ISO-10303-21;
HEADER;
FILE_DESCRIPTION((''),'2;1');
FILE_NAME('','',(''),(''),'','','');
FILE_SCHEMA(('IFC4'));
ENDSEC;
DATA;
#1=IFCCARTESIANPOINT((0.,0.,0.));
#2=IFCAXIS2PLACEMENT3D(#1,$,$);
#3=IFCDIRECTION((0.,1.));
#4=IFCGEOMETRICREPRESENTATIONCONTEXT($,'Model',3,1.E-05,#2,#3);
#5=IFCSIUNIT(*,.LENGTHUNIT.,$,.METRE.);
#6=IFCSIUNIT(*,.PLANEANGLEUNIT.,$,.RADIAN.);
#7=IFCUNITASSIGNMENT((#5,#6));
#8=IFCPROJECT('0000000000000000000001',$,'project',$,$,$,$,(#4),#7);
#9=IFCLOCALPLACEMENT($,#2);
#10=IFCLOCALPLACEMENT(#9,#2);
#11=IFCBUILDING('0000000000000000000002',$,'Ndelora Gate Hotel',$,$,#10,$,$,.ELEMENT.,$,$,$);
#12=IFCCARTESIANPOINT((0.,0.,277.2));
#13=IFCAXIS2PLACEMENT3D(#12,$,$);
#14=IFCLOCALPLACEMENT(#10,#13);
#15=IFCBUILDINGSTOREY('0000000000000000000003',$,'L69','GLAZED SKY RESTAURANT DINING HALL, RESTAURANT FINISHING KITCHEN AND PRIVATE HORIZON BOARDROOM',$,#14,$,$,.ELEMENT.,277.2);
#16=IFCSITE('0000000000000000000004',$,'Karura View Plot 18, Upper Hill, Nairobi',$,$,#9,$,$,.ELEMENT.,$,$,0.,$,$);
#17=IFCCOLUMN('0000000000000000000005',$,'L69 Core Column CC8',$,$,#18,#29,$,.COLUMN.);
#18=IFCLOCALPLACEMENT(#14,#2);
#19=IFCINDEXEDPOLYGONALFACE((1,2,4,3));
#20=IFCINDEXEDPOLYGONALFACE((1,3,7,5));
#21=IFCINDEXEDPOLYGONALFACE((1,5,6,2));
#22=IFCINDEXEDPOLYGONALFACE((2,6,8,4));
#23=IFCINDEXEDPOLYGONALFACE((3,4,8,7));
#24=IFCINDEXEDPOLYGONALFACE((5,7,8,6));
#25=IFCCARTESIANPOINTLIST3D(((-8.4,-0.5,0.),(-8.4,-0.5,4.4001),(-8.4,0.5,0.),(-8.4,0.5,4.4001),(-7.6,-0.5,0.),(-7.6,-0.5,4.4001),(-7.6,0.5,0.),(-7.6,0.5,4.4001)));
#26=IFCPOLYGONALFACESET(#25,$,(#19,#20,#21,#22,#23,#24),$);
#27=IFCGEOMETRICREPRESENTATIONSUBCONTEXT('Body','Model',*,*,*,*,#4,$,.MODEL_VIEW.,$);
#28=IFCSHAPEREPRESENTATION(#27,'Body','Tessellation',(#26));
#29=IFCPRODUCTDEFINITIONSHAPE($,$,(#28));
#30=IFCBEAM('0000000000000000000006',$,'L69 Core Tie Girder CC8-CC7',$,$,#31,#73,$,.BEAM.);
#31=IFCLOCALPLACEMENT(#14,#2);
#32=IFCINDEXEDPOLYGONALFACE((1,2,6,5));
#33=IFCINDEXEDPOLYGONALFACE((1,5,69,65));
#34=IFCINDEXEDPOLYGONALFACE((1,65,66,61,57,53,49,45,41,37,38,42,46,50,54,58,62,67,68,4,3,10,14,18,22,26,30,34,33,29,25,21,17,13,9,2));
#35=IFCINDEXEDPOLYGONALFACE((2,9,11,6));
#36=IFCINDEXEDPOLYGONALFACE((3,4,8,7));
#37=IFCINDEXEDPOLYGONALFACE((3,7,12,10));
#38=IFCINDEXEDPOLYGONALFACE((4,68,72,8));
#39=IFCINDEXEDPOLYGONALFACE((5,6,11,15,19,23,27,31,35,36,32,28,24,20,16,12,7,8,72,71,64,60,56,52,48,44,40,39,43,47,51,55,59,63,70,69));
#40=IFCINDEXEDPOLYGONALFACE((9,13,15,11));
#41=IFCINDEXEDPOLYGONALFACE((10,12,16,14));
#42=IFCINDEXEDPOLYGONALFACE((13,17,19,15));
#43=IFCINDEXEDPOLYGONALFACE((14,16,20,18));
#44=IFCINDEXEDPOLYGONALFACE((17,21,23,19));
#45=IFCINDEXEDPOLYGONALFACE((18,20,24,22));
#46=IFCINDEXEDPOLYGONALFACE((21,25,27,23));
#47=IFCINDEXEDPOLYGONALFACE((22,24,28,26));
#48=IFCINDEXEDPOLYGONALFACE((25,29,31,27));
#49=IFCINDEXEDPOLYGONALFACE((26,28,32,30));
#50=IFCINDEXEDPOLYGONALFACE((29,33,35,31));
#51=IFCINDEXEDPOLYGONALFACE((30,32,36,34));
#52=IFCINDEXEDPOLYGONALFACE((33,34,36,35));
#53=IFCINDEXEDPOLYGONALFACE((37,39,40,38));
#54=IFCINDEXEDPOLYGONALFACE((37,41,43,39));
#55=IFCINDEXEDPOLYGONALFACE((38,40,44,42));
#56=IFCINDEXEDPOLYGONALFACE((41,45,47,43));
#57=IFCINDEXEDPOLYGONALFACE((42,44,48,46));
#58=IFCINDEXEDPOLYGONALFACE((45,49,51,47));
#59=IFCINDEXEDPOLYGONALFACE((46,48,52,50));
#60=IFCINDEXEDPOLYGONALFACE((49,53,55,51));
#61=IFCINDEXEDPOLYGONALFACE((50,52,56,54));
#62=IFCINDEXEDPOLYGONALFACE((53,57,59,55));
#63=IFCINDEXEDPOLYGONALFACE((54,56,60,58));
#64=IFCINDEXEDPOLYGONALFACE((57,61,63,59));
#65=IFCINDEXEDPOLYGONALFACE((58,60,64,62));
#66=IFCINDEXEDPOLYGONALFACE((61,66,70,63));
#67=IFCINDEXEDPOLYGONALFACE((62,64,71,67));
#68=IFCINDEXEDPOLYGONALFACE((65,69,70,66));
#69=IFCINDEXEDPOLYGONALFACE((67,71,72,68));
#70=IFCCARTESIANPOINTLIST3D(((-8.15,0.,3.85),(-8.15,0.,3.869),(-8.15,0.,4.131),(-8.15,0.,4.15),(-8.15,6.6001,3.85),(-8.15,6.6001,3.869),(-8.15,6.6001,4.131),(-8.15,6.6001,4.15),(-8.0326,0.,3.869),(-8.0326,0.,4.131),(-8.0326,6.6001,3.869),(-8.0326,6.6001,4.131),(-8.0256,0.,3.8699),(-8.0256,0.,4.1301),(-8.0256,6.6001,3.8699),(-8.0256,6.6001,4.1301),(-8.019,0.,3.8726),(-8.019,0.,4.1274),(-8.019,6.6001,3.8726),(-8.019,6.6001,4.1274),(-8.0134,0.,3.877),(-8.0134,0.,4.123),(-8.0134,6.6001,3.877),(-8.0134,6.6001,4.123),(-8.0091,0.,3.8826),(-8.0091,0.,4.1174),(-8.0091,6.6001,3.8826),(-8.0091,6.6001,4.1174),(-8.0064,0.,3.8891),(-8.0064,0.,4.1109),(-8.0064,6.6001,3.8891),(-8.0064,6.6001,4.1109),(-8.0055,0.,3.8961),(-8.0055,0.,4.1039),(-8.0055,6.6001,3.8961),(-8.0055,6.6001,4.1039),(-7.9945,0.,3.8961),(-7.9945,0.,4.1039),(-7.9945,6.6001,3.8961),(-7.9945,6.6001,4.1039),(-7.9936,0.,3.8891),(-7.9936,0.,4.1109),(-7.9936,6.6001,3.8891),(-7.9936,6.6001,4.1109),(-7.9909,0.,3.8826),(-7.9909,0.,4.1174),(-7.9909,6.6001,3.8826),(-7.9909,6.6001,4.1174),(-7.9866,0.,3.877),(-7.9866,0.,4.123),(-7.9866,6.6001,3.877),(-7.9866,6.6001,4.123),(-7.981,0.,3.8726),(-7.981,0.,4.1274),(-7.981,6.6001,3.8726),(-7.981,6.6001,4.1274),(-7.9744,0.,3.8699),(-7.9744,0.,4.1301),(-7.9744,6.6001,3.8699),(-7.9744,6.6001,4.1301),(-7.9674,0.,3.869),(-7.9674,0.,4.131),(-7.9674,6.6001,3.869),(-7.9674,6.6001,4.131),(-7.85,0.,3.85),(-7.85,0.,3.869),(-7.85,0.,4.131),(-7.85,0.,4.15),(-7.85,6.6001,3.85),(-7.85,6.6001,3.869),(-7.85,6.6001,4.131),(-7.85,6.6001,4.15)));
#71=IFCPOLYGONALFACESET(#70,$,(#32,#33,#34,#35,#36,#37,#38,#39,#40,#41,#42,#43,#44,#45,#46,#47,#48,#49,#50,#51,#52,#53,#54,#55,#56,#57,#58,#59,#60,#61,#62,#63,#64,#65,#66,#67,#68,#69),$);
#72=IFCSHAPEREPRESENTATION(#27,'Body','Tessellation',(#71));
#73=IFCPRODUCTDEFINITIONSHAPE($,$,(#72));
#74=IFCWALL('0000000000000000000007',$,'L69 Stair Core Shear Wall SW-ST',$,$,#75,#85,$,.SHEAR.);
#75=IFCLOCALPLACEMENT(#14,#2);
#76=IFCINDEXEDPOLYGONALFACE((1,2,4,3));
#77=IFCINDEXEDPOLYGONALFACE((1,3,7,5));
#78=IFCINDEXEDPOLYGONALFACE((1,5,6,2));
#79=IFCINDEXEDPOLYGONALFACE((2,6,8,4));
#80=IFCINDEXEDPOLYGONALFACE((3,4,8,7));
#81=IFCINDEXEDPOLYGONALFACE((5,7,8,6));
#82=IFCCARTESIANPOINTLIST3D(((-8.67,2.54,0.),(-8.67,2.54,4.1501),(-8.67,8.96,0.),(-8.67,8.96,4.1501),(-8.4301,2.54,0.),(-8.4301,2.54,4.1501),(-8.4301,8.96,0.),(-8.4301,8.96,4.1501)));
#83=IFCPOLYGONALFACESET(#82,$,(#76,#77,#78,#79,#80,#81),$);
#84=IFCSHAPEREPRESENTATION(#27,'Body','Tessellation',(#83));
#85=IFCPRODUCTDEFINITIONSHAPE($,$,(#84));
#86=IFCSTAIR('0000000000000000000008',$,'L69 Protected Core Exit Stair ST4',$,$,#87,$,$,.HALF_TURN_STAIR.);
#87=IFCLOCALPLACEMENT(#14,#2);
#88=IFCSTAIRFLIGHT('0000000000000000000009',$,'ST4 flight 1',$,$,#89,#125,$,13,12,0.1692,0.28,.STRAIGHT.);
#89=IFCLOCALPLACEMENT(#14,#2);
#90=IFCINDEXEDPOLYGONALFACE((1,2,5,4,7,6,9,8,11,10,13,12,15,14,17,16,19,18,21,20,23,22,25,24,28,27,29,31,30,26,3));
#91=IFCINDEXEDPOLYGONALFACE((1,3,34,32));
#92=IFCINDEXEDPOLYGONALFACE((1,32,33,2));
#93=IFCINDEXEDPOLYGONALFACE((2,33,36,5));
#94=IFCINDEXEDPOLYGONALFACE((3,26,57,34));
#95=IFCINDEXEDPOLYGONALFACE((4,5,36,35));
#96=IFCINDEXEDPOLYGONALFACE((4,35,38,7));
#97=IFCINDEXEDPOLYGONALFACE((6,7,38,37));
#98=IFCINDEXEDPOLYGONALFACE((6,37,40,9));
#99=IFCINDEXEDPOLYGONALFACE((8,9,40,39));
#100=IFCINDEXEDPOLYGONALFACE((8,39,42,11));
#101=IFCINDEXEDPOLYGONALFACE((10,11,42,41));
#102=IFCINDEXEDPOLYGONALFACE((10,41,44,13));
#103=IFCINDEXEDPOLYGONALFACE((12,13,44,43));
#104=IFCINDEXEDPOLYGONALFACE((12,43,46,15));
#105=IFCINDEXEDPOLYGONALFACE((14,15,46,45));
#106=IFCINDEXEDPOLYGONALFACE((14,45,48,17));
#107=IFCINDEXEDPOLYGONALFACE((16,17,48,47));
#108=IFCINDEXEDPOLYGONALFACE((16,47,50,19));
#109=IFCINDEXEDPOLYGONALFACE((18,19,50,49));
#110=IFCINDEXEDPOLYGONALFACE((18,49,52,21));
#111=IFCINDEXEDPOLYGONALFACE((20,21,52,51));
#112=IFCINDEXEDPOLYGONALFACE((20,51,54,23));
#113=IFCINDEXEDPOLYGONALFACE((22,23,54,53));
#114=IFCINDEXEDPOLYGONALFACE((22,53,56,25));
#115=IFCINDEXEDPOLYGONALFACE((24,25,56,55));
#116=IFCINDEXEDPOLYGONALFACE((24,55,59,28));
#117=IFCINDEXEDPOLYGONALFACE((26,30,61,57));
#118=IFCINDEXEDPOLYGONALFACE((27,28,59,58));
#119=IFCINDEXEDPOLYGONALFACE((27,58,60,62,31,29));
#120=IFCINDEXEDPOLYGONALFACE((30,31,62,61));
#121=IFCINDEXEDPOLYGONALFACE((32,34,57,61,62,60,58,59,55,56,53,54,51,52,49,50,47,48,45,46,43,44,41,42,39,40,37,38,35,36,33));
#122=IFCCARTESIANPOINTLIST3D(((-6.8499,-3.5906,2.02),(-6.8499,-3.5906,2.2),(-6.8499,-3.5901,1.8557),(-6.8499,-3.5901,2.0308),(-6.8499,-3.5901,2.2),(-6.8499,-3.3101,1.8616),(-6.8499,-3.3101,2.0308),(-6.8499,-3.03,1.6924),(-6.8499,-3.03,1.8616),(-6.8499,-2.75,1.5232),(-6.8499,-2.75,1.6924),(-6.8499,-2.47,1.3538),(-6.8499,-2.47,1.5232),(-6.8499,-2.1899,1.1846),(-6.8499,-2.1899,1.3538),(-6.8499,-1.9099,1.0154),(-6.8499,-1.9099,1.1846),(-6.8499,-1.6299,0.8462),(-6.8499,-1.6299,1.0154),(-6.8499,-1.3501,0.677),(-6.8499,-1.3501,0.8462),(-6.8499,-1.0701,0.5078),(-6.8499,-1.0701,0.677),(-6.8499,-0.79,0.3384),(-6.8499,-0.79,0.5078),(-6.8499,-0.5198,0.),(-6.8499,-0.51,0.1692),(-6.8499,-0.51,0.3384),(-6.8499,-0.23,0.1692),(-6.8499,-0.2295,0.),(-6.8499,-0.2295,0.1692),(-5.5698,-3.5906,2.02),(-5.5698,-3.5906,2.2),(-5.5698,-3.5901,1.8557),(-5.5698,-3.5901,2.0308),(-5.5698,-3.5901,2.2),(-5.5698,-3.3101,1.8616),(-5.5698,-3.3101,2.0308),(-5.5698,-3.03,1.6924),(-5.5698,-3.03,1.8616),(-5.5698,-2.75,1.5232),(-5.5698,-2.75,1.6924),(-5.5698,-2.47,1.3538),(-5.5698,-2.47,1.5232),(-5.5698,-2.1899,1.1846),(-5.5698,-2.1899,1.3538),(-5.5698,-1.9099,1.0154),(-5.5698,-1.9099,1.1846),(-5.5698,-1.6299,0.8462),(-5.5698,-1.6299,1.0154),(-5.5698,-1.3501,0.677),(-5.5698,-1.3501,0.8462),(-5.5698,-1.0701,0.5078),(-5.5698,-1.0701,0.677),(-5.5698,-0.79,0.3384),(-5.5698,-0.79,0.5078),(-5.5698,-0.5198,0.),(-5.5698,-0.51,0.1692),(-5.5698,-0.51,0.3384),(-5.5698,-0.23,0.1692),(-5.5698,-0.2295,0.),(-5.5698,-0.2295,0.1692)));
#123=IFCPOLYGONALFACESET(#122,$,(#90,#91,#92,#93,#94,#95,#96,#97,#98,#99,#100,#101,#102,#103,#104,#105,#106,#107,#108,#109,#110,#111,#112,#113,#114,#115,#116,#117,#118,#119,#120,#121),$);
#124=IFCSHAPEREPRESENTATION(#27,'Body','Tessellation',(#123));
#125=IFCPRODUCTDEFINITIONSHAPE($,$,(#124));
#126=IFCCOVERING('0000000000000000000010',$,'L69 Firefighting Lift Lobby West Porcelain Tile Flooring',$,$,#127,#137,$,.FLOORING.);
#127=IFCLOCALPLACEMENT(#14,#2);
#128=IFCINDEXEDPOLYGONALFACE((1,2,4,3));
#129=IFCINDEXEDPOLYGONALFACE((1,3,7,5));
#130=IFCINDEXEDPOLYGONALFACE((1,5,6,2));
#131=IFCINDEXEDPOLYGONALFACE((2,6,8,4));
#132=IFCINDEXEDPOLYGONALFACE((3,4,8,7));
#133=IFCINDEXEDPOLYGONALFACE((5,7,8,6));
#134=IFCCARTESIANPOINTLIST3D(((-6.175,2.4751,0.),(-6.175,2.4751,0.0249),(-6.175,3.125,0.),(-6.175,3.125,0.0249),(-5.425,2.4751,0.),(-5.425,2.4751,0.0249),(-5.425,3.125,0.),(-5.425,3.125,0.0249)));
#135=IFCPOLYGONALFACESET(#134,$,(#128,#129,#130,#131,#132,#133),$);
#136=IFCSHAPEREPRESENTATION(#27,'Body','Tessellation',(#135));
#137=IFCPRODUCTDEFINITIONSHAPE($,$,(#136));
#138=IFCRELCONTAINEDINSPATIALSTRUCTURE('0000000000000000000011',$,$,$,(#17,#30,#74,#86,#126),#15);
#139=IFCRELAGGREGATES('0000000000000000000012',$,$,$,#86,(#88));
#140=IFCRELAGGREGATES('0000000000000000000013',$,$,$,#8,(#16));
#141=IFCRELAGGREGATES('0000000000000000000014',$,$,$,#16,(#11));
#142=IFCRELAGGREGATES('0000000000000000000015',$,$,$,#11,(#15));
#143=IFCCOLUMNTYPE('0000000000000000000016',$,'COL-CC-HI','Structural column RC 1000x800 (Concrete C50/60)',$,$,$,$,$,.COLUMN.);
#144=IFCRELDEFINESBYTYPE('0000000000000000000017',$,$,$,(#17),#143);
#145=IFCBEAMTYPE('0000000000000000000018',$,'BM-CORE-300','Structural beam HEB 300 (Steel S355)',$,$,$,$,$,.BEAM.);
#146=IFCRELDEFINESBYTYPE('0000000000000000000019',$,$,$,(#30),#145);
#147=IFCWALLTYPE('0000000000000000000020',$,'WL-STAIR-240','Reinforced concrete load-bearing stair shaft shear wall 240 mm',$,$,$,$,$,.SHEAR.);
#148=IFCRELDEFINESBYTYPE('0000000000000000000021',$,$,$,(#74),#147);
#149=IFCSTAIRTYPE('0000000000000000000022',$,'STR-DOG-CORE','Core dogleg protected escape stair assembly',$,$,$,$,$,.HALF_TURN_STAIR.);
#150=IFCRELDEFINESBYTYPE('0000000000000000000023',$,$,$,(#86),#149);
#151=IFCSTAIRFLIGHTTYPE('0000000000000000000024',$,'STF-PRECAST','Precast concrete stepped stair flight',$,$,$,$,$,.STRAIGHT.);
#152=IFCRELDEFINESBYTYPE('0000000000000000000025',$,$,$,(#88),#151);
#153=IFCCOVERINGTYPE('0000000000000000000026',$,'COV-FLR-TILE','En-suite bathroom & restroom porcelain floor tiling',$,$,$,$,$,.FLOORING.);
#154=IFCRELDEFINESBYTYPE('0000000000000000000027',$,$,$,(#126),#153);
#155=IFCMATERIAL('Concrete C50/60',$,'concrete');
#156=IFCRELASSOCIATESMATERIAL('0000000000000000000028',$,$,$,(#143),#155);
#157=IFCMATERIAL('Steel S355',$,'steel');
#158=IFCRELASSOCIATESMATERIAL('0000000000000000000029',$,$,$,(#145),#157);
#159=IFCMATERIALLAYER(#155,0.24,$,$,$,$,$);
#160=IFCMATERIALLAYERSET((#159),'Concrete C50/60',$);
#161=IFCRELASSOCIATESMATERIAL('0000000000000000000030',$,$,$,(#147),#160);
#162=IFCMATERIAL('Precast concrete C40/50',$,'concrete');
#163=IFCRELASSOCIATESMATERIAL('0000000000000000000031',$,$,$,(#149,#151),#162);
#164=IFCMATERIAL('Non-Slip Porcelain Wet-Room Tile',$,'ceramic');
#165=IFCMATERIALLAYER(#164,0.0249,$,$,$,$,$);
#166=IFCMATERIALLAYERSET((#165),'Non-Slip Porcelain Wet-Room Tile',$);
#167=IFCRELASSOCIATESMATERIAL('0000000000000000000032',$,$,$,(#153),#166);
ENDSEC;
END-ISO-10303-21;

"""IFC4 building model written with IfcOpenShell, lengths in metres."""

from ifc_helpers import new_model, si_unit, direction, frame, frame_2d, origin, origin_2d, place, context, subcontext, project, spatial, polyline, rectangle, i_section, outline, extrude, material, layer, layer_set, material_profile, profile_set, type_object, element, aggregate, save


model = new_model("IFC4")

# Units and contexts
model_context = context("Model", 3, precision=1e-05, world=origin(), true_north=direction((0.0, 1.0)))
body_context = subcontext(model_context, "Body", "Model", "MODEL_VIEW")
ifc_project = project(units=[si_unit("LENGTHUNIT", "METRE"), si_unit("PLANEANGLEUNIT", "RADIAN")], contexts=[model_context])

# Site, building, storey
site_placement = place(None, origin())
site = spatial("IfcSite", under=ifc_project, at=site_placement, Name="Karura View Plot 18, Upper Hill, Nairobi", CompositionType="ELEMENT", RefElevation=0.0)
building_placement = place(site_placement, origin())
building = spatial("IfcBuilding", under=site, at=building_placement, Name="Ndelora Gate Hotel", CompositionType="ELEMENT")
storey_placement = place(building_placement, frame((0.0, 0.0, 277.2)))
storey = spatial("IfcBuildingStorey", under=building, at=storey_placement, Name="L69", Description="GLAZED SKY RESTAURANT DINING HALL, RESTAURANT FINISHING KITCHEN AND PRIVATE HORIZON BOARDROOM", CompositionType="ELEMENT", Elevation=277.2)

# Column
ifc_material_1 = material(Name="Concrete C50/60", Category="concrete")
ifc_material_profile_1 = material_profile(ifc_material_1, rectangle(XDim=0.8, YDim=1.0, at=origin_2d()), Name="RC 1000x800")
ifc_profile_set_1 = profile_set([ifc_material_profile_1], Name="Concrete C50/60")
column_type = type_object("IfcColumnType", Name="COL-CC-HI", Description="Structural column RC 1000x800 (Concrete C50/60)", PredefinedType="COLUMN", material=ifc_profile_set_1)
column_placement = place(storey_placement, frame((-8.0, 0.0, 0.0), z_axis=(0.0, 0.0, 1.0), x_axis=(1.0, 0.0, 0.0)))
element("IfcColumn", 1, at=column_placement, inside=storey, type_object=column_type, Name="L69 Core Column CC8", PredefinedType="COLUMN", context=body_context, shape_type="SweptSolid", body=[
    extrude(rectangle(XDim=0.8, YDim=1.0, at=origin_2d()), origin(), (0.0, 0.0, 1.0), 4.4001),
])

# Beam
ifc_material_2 = material(Name="Steel S355", Category="steel")
ifc_material_profile_2 = material_profile(ifc_material_2, i_section(OverallWidth=0.3, OverallDepth=0.3, WebThickness=0.011, FlangeThickness=0.019, FilletRadius=0.0271, at=origin_2d()), Name="HEB 300")
ifc_profile_set_2 = profile_set([ifc_material_profile_2], Name="Steel S355")
beam_type = type_object("IfcBeamType", Name="BM-CORE-300", Description="Structural beam HEB 300 (Steel S355)", PredefinedType="BEAM", material=ifc_profile_set_2)
beam_placement = place(storey_placement, frame((-8.0, 0.0, 4.0), z_axis=(0.0, 1.0, 0.0), x_axis=(-1.0, 0.0, 0.0)))
element("IfcBeam", 2, at=beam_placement, inside=storey, type_object=beam_type, Name="L69 Core Tie Girder CC8-CC7", PredefinedType="BEAM", context=body_context, shape_type="SweptSolid", body=[
    extrude(i_section(OverallWidth=0.3, OverallDepth=0.3, WebThickness=0.011, FlangeThickness=0.019, FilletRadius=0.0271, at=origin_2d()), origin(), (0.0, 0.0, 1.0), 6.6001),
])

# Shared definitions
ifc_layer_1 = layer(ifc_material_1, 0.24)
ifc_layer_set_1 = layer_set([ifc_layer_1], Name="Concrete C50/60")
wall_type_1 = type_object("IfcWallType", Name="WL-STAIR-240", Description="Reinforced concrete load-bearing stair shaft shear wall 240 mm", PredefinedType="SHEAR", material=ifc_layer_set_1)

# Wall
wall_1_placement = place(storey_placement, frame((-8.55, 2.54, 0.0), z_axis=(0.0, 0.0, 1.0), x_axis=(0.0, 1.0, 0.0)))
element("IfcWall", 3, at=wall_1_placement, inside=storey, type_object=wall_type_1, Name="L69 Stair Core Shear Wall SW-ST", PredefinedType="SHEAR", context=body_context, shape_type="SweptSolid", body=[
    extrude(rectangle(XDim=6.4199, YDim=0.24, at=frame_2d((3.21, 0.0))), origin(), (0.0, 0.0, 1.0), 4.1501),
])

# Stair, stair flight
ifc_material_3 = material(Name="Precast concrete C40/50", Category="concrete")
stair_type = type_object("IfcStairType", Name="STR-DOG-CORE", Description="Core dogleg protected escape stair assembly", PredefinedType="HALF_TURN_STAIR", material=ifc_material_3)
stair_placement = place(storey_placement, origin())
stair = element("IfcStair", 4, at=stair_placement, inside=storey, type_object=stair_type, Name="L69 Protected Core Exit Stair ST4", PredefinedType="HALF_TURN_STAIR")
stair_flight_type = type_object("IfcStairFlightType", Name="STF-PRECAST", Description="Precast concrete stepped stair flight", PredefinedType="STRAIGHT", material=ifc_material_3)
stair_flight_placement = place(storey_placement, frame((-6.21, -0.23, 0.0), z_axis=(0.0, 0.0, 1.0), x_axis=(0.0, -1.0, 0.0)))
stair_flight = element("IfcStairFlight", 5, at=stair_flight_placement, type_object=stair_flight_type, Name="ST4 flight 1", NumberOfRisers=13, NumberOfTreads=12, PredefinedType="STRAIGHT", RiserHeight=0.1692, TreadLength=0.28, context=body_context, shape_type="SweptSolid", body=[
    extrude(outline(polyline([(-0.0005, 0.0), (-0.0005, 0.1692), (0.0, 0.1692), (0.28, 0.1692), (0.28, 0.3384), (0.5601, 0.3384), (0.5601, 0.5078), (0.8401, 0.5078), (0.8401, 0.677), (1.1201, 0.677), (1.1201, 0.8462), (1.3999, 0.8462), (1.3999, 1.0154), (1.6799, 1.0154), (1.6799, 1.1846), (1.96, 1.1846), (1.96, 1.3538), (2.24, 1.3538), (2.24, 1.5232), (2.52, 1.5232), (2.52, 1.6924), (2.8, 1.6924), (2.8, 1.8616), (3.0801, 1.8616), (3.0801, 2.0308), (3.3601, 2.0308), (3.3601, 2.2), (3.3606, 2.2), (3.3606, 2.02), (3.3601, 1.8557), (0.2898, 0.0), (-0.0005, 0.0)])), frame((0.0, 0.6401, 0.0), z_axis=(0.0, -1.0, 0.0), x_axis=(1.0, 0.0, 0.0)), (0.0, 0.0, 1.0), 1.28),
])
aggregate(stair, [stair_flight])

# Covering
ifc_material_4 = material(Name="Non-Slip Porcelain Wet-Room Tile", Category="ceramic")
ifc_layer_2 = layer(ifc_material_4, 0.0249)
ifc_layer_set_2 = layer_set([ifc_layer_2], Name="Non-Slip Porcelain Wet-Room Tile")
covering_type = type_object("IfcCoveringType", Name="COV-FLR-TILE", Description="En-suite bathroom & restroom porcelain floor tiling", PredefinedType="FLOORING", material=ifc_layer_set_2)
covering_placement = place(storey_placement, frame((-5.8, 2.8, 0.0), z_axis=(0.0, 0.0, 1.0), x_axis=(1.0, 0.0, 0.0)))
element("IfcCovering", 6, at=covering_placement, inside=storey, type_object=covering_type, Name="L69 Firefighting Lift Lobby West Porcelain Tile Flooring", PredefinedType="FLOORING", context=body_context, shape_type="SweptSolid", body=[
    extrude(rectangle(XDim=0.75, YDim=0.6499, at=origin_2d()), origin(), (0.0, 0.0, 1.0), 0.0249),
])

save(model, "model.ifc")
